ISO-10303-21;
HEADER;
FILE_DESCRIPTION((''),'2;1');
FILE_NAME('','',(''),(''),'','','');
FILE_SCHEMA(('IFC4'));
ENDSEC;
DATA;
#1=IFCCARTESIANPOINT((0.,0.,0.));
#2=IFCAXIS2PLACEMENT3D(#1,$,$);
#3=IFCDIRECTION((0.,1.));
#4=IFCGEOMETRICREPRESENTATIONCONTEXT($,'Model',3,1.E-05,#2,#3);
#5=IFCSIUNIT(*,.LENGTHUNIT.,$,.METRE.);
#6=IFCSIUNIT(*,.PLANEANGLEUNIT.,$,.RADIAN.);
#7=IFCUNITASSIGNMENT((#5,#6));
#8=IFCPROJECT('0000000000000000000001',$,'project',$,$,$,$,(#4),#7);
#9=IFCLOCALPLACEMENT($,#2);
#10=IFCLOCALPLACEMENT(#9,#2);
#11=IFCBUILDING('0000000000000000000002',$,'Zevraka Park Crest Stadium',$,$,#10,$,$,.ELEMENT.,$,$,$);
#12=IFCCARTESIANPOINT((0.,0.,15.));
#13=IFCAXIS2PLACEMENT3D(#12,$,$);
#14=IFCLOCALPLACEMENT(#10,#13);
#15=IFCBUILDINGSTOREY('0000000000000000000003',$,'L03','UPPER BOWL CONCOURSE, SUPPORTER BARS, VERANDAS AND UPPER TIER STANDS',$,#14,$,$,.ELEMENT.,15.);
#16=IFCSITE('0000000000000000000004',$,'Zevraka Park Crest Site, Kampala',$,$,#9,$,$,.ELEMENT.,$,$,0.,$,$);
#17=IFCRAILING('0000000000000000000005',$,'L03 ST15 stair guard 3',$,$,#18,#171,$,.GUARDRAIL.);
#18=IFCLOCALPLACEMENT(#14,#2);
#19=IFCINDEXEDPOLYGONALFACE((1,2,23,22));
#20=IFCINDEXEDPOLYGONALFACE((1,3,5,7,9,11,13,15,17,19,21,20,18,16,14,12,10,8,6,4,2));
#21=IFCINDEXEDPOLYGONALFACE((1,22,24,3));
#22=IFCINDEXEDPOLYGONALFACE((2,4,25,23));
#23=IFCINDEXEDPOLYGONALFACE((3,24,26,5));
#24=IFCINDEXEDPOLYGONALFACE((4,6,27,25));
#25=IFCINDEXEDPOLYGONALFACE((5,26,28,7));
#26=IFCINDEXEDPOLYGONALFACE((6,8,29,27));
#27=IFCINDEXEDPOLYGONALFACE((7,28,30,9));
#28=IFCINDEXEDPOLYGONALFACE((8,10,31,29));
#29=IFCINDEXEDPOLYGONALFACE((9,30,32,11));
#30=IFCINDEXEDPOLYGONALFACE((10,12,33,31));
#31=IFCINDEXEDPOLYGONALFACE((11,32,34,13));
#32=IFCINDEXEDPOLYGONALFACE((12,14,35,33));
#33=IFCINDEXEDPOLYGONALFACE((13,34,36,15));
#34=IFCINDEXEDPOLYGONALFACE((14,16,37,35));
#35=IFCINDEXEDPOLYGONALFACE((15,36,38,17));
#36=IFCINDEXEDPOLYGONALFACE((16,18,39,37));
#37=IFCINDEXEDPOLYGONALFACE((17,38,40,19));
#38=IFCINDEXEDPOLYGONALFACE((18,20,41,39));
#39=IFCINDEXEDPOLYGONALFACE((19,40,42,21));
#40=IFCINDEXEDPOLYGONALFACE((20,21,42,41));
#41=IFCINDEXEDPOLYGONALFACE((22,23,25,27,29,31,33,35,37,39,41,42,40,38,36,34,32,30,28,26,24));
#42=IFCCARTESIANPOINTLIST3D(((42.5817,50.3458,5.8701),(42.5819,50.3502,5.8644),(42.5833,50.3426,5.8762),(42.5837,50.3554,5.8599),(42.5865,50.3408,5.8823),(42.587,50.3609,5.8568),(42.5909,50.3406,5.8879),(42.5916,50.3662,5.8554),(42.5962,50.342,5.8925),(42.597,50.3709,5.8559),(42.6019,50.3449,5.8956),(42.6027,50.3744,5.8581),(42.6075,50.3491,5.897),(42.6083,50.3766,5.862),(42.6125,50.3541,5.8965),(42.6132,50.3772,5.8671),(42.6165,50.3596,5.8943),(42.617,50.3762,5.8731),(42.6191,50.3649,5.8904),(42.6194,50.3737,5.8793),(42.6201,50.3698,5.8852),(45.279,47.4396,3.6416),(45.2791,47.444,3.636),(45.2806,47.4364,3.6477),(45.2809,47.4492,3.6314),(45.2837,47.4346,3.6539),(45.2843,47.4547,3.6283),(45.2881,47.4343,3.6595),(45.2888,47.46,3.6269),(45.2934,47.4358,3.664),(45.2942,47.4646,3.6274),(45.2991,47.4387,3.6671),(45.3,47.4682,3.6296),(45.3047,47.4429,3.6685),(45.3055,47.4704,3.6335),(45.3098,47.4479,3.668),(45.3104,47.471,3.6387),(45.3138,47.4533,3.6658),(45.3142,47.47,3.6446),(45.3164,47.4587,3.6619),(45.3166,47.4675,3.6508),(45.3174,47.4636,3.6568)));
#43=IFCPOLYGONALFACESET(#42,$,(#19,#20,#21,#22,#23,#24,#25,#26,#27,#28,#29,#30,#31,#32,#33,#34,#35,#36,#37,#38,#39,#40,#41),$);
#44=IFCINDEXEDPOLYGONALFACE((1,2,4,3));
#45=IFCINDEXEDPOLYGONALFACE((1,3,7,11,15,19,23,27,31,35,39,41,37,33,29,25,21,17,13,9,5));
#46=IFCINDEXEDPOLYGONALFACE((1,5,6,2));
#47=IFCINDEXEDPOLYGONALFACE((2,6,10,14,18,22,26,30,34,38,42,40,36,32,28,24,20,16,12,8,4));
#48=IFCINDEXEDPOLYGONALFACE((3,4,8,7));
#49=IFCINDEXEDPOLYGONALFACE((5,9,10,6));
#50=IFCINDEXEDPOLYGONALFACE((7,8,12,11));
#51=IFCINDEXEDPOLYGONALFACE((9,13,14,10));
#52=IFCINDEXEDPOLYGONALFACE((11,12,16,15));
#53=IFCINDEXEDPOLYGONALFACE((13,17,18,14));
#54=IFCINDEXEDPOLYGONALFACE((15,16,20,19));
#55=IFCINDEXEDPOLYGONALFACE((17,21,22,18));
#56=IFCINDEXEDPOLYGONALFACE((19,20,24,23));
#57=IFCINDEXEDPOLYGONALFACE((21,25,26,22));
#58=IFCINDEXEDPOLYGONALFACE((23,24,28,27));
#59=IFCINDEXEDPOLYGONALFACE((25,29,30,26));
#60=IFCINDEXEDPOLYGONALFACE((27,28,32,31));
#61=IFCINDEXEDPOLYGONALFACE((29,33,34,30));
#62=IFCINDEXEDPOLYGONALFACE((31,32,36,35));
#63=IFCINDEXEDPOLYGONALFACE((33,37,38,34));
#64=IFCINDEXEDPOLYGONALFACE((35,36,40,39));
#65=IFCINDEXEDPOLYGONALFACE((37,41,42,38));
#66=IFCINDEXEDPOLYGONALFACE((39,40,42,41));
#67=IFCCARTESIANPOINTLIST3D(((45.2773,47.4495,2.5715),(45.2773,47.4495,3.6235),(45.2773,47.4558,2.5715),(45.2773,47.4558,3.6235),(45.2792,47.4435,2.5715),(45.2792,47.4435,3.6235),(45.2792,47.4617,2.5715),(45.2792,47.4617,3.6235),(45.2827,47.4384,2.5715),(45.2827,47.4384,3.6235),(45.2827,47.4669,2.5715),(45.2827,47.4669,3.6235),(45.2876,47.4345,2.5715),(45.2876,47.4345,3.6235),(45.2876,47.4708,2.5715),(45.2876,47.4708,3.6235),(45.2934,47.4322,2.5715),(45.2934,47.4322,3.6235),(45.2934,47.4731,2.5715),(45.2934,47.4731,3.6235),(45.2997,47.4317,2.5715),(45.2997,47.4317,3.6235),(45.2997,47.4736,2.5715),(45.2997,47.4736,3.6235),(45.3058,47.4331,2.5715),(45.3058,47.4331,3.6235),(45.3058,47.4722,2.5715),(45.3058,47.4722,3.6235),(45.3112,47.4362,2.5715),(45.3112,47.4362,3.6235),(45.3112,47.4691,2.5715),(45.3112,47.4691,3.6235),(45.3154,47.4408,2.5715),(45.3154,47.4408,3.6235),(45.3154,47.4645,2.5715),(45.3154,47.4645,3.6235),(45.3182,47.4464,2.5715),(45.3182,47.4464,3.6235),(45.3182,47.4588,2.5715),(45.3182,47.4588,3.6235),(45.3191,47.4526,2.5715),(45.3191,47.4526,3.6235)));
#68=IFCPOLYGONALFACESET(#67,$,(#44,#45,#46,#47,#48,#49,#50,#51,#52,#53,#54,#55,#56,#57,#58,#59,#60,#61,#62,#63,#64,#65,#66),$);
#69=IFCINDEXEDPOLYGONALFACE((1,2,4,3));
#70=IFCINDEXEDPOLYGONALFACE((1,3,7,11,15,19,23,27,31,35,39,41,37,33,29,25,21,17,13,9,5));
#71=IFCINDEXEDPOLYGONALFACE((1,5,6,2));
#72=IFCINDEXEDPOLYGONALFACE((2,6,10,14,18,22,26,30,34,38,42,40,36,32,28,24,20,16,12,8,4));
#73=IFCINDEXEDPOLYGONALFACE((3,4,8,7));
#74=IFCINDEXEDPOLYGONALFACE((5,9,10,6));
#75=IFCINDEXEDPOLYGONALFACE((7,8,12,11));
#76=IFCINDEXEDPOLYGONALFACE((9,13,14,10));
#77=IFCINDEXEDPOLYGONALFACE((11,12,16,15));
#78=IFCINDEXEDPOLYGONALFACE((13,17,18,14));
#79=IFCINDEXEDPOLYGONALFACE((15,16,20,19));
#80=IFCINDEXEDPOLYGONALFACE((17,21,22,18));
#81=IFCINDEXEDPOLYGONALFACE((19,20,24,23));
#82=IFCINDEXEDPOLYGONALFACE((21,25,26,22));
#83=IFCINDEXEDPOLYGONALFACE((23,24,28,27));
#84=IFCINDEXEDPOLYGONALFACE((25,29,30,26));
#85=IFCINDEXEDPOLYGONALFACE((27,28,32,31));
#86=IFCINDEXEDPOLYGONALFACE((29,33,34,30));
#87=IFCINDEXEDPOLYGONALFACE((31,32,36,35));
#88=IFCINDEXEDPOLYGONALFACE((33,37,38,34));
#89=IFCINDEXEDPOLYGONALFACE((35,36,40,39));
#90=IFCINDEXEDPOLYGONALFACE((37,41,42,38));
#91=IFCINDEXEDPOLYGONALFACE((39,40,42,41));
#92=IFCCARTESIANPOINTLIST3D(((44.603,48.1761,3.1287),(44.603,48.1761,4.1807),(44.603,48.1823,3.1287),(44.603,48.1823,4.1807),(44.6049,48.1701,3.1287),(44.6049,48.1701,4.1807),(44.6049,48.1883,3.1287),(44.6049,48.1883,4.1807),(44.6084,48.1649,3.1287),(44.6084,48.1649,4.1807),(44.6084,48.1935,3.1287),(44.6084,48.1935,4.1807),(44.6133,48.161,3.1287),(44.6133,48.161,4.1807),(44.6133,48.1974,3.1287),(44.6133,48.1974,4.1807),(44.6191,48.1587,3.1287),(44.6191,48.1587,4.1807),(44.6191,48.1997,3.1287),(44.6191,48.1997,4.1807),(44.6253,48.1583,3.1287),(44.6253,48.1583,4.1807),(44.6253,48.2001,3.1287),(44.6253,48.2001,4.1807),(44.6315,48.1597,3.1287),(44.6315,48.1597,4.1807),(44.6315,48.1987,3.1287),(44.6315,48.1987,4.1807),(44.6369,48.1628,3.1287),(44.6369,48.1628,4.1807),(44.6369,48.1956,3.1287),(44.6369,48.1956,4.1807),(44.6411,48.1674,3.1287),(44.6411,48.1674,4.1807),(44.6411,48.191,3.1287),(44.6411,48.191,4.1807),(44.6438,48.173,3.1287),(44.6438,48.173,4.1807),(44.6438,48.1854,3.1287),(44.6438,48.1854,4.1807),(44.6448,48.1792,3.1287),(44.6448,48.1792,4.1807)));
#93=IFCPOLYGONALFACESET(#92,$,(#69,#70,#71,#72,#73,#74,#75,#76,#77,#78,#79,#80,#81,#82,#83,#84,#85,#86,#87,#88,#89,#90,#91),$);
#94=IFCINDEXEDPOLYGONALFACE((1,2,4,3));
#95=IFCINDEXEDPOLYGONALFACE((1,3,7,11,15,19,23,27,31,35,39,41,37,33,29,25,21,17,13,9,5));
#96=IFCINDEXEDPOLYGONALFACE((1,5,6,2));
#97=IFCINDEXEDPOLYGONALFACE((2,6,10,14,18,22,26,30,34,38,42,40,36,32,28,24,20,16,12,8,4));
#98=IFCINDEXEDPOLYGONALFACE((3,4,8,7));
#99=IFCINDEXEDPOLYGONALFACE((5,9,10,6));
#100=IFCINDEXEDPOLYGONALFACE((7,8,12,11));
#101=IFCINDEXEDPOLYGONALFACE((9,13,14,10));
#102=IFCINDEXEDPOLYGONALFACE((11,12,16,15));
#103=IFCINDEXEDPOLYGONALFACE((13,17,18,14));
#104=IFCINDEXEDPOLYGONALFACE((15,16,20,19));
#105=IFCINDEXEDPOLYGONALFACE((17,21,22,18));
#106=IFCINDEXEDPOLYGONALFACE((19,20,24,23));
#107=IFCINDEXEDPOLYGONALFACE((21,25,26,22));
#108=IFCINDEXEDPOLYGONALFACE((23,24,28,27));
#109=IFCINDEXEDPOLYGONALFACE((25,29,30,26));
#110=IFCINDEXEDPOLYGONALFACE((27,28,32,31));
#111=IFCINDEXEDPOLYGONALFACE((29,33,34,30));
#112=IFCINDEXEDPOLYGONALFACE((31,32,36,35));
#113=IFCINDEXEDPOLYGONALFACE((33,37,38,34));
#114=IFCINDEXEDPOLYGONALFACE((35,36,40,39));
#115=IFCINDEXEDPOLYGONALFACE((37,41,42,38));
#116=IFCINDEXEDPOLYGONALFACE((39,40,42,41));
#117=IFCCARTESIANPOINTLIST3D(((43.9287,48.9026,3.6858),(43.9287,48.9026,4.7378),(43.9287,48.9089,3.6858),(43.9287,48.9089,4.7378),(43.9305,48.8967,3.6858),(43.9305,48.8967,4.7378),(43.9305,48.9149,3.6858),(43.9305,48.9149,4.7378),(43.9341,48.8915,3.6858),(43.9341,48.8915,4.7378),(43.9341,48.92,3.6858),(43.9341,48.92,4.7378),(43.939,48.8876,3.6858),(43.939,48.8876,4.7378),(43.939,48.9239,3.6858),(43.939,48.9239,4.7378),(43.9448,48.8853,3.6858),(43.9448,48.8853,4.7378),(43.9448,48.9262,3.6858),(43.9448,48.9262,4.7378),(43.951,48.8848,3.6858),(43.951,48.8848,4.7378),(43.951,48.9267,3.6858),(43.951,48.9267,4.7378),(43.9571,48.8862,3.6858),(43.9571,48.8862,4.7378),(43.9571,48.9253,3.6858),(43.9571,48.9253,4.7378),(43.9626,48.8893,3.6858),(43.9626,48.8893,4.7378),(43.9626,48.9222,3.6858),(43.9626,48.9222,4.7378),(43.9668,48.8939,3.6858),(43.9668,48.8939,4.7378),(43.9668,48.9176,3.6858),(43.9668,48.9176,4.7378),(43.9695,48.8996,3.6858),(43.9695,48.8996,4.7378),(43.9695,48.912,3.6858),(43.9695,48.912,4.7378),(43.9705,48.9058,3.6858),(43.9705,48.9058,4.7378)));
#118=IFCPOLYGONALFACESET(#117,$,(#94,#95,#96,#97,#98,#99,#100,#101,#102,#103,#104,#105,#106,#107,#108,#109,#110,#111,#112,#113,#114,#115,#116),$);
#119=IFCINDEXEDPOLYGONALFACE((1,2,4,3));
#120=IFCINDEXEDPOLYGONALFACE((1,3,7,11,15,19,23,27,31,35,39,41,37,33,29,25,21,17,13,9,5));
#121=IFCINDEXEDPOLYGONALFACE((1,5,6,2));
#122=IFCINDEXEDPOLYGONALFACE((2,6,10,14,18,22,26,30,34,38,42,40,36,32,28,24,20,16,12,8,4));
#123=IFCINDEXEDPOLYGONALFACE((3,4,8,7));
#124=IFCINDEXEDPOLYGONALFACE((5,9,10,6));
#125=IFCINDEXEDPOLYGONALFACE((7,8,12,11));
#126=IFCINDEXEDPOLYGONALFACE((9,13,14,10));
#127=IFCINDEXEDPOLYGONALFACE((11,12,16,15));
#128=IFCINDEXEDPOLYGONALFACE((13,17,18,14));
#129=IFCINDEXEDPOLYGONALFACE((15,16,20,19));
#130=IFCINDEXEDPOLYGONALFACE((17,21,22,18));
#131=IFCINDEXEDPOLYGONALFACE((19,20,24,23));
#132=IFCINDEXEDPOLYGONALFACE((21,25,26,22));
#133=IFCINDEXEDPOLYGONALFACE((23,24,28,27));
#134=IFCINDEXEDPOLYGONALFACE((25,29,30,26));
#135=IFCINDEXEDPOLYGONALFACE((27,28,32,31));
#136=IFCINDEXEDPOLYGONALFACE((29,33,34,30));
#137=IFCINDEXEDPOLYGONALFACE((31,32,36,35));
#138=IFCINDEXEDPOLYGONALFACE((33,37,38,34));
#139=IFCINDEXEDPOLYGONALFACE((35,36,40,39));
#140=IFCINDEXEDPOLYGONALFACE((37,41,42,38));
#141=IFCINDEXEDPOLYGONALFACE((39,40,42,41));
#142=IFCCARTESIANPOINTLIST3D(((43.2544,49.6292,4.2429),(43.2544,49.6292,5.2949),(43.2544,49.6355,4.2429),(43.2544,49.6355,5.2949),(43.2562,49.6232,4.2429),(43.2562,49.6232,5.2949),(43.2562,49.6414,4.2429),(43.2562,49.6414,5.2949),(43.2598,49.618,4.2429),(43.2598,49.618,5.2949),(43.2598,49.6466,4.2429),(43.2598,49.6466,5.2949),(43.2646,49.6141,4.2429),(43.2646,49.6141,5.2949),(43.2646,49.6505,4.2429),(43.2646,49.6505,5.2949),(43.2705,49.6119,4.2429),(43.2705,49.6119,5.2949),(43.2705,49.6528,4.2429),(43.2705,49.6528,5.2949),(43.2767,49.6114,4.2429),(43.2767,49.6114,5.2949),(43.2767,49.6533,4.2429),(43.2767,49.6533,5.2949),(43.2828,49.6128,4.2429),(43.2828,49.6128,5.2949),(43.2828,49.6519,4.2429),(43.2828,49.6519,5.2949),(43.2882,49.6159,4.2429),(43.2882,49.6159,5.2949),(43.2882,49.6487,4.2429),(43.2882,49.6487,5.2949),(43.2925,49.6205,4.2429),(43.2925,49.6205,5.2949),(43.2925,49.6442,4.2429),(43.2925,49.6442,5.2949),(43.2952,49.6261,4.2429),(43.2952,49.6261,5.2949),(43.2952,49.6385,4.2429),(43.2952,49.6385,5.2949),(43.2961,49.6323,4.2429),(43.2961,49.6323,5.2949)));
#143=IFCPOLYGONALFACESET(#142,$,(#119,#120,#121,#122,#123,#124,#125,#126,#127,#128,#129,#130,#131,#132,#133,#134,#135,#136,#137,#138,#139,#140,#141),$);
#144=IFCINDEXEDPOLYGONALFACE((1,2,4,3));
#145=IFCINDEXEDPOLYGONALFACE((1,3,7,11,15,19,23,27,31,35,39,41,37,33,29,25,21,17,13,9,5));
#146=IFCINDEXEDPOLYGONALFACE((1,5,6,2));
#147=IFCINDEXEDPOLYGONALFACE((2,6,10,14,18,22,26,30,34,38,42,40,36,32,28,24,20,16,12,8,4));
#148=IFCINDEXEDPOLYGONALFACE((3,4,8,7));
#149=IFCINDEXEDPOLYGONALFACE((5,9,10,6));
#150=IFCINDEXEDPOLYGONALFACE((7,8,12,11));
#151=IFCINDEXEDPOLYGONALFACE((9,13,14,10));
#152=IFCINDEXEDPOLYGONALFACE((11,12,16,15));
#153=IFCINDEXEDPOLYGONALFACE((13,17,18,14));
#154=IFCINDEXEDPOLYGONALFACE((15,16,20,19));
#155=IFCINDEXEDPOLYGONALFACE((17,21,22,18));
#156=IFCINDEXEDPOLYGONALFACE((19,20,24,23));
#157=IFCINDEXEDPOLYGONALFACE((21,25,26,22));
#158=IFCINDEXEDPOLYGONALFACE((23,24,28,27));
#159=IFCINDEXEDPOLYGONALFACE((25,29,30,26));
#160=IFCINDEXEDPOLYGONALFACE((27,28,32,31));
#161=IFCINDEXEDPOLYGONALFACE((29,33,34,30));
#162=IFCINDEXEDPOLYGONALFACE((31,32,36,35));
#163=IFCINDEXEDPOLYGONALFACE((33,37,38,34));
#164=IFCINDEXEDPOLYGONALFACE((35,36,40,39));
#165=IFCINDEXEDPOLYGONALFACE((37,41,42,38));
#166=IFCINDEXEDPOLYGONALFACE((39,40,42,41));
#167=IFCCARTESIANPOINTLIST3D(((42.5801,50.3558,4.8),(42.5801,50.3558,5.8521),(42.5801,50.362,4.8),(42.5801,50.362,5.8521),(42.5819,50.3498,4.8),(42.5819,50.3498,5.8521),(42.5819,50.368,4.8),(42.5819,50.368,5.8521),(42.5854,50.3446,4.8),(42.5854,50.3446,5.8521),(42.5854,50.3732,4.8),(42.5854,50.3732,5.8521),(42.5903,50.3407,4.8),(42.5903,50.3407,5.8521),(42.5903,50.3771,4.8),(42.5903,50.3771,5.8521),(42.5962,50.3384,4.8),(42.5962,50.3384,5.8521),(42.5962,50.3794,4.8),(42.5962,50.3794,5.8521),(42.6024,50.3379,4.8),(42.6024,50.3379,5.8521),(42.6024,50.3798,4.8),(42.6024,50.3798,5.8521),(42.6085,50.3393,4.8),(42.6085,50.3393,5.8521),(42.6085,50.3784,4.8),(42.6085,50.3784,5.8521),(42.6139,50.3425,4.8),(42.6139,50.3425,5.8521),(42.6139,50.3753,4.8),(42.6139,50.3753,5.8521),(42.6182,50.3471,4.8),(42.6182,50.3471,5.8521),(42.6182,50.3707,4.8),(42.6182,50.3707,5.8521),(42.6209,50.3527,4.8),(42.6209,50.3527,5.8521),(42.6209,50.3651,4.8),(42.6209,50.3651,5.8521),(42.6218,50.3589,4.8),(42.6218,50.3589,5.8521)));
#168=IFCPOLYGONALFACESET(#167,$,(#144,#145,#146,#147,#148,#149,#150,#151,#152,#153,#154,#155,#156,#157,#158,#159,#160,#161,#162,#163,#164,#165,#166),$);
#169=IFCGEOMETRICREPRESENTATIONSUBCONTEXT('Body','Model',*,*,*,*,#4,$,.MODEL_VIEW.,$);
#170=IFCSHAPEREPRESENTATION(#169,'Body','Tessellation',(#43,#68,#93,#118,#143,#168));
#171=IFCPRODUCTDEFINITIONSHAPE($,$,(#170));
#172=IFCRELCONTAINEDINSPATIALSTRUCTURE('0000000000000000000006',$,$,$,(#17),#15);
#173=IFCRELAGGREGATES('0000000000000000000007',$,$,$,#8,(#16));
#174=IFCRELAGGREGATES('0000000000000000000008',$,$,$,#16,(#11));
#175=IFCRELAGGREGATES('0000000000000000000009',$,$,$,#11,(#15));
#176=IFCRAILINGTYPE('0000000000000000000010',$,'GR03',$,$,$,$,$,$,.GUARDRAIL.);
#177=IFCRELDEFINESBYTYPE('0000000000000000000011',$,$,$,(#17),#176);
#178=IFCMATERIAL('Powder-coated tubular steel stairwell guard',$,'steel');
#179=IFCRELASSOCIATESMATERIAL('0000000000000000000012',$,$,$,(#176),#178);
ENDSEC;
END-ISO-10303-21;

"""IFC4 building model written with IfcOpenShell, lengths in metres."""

from ifc_helpers import new_model, si_unit, direction, frame, origin, origin_2d, place, context, subcontext, project, spatial, circle, extrude, material, type_object, element, save


model = new_model("IFC4")

# Units and contexts
model_context = context("Model", 3, precision=1e-05, world=origin(), true_north=direction((0.0, 1.0)))
body_context = subcontext(model_context, "Body", "Model", "MODEL_VIEW")
ifc_project = project(units=[si_unit("LENGTHUNIT", "METRE"), si_unit("PLANEANGLEUNIT", "RADIAN")], contexts=[model_context])

# Site, building, storey
site_placement = place(None, origin())
site = spatial("IfcSite", under=ifc_project, at=site_placement, Name="Zevraka Park Crest Site, Kampala", CompositionType="ELEMENT", RefElevation=0.0)
building_placement = place(site_placement, origin())
building = spatial("IfcBuilding", under=site, at=building_placement, Name="Zevraka Park Crest Stadium", CompositionType="ELEMENT")
storey_placement = place(building_placement, frame((0.0, 0.0, 15.0)))
storey = spatial("IfcBuildingStorey", under=building, at=storey_placement, Name="L03", Description="UPPER BOWL CONCOURSE, SUPPORTER BARS, VERANDAS AND UPPER TIER STANDS", CompositionType="ELEMENT", Elevation=15.0)

# Railing
ifc_material_1 = material(Name="Powder-coated tubular steel stairwell guard", Category="steel")
railing_type_1 = type_object("IfcRailingType", Name="GR03", PredefinedType="GUARDRAIL", material=ifc_material_1)
railing_1_placement = place(storey_placement, frame((45.2981, 47.4526, 2.5715)))
element("IfcRailing", 1, at=railing_1_placement, inside=storey, type_object=railing_type_1, Name="L03 ST15 stair guard 3", PredefinedType="GUARDRAIL", context=body_context, shape_type="SweptSolid", body=[
    extrude(circle(Radius=0.0239, at=origin_2d()), frame((0.0, 0.0, 1.0762), z_axis=(-0.593016, 0.638963, 0.489957), x_axis=(-0.732969, -0.680262, 0.0)), (0.0, 0.0, 1.0), 4.5483),
    extrude(circle(Radius=0.021, at=origin_2d()), origin(), (0.0, 0.0, 1.0), 1.052),
    extrude(circle(Radius=0.021, at=origin_2d()), frame((-0.6743, 0.7266, 0.5571)), (0.0, 0.0, 1.0), 1.052),
    extrude(circle(Radius=0.021, at=origin_2d()), frame((-1.3486, 1.4531, 1.1143)), (0.0, 0.0, 1.0), 1.052),
    extrude(circle(Radius=0.021, at=origin_2d()), frame((-2.0229, 2.1797, 1.6714)), (0.0, 0.0, 1.0), 1.052),
    extrude(circle(Radius=0.021, at=origin_2d()), frame((-2.6973, 2.9062, 2.2285)), (0.0, 0.0, 1.0), 1.052),
])

save(model, "model.ifc")
